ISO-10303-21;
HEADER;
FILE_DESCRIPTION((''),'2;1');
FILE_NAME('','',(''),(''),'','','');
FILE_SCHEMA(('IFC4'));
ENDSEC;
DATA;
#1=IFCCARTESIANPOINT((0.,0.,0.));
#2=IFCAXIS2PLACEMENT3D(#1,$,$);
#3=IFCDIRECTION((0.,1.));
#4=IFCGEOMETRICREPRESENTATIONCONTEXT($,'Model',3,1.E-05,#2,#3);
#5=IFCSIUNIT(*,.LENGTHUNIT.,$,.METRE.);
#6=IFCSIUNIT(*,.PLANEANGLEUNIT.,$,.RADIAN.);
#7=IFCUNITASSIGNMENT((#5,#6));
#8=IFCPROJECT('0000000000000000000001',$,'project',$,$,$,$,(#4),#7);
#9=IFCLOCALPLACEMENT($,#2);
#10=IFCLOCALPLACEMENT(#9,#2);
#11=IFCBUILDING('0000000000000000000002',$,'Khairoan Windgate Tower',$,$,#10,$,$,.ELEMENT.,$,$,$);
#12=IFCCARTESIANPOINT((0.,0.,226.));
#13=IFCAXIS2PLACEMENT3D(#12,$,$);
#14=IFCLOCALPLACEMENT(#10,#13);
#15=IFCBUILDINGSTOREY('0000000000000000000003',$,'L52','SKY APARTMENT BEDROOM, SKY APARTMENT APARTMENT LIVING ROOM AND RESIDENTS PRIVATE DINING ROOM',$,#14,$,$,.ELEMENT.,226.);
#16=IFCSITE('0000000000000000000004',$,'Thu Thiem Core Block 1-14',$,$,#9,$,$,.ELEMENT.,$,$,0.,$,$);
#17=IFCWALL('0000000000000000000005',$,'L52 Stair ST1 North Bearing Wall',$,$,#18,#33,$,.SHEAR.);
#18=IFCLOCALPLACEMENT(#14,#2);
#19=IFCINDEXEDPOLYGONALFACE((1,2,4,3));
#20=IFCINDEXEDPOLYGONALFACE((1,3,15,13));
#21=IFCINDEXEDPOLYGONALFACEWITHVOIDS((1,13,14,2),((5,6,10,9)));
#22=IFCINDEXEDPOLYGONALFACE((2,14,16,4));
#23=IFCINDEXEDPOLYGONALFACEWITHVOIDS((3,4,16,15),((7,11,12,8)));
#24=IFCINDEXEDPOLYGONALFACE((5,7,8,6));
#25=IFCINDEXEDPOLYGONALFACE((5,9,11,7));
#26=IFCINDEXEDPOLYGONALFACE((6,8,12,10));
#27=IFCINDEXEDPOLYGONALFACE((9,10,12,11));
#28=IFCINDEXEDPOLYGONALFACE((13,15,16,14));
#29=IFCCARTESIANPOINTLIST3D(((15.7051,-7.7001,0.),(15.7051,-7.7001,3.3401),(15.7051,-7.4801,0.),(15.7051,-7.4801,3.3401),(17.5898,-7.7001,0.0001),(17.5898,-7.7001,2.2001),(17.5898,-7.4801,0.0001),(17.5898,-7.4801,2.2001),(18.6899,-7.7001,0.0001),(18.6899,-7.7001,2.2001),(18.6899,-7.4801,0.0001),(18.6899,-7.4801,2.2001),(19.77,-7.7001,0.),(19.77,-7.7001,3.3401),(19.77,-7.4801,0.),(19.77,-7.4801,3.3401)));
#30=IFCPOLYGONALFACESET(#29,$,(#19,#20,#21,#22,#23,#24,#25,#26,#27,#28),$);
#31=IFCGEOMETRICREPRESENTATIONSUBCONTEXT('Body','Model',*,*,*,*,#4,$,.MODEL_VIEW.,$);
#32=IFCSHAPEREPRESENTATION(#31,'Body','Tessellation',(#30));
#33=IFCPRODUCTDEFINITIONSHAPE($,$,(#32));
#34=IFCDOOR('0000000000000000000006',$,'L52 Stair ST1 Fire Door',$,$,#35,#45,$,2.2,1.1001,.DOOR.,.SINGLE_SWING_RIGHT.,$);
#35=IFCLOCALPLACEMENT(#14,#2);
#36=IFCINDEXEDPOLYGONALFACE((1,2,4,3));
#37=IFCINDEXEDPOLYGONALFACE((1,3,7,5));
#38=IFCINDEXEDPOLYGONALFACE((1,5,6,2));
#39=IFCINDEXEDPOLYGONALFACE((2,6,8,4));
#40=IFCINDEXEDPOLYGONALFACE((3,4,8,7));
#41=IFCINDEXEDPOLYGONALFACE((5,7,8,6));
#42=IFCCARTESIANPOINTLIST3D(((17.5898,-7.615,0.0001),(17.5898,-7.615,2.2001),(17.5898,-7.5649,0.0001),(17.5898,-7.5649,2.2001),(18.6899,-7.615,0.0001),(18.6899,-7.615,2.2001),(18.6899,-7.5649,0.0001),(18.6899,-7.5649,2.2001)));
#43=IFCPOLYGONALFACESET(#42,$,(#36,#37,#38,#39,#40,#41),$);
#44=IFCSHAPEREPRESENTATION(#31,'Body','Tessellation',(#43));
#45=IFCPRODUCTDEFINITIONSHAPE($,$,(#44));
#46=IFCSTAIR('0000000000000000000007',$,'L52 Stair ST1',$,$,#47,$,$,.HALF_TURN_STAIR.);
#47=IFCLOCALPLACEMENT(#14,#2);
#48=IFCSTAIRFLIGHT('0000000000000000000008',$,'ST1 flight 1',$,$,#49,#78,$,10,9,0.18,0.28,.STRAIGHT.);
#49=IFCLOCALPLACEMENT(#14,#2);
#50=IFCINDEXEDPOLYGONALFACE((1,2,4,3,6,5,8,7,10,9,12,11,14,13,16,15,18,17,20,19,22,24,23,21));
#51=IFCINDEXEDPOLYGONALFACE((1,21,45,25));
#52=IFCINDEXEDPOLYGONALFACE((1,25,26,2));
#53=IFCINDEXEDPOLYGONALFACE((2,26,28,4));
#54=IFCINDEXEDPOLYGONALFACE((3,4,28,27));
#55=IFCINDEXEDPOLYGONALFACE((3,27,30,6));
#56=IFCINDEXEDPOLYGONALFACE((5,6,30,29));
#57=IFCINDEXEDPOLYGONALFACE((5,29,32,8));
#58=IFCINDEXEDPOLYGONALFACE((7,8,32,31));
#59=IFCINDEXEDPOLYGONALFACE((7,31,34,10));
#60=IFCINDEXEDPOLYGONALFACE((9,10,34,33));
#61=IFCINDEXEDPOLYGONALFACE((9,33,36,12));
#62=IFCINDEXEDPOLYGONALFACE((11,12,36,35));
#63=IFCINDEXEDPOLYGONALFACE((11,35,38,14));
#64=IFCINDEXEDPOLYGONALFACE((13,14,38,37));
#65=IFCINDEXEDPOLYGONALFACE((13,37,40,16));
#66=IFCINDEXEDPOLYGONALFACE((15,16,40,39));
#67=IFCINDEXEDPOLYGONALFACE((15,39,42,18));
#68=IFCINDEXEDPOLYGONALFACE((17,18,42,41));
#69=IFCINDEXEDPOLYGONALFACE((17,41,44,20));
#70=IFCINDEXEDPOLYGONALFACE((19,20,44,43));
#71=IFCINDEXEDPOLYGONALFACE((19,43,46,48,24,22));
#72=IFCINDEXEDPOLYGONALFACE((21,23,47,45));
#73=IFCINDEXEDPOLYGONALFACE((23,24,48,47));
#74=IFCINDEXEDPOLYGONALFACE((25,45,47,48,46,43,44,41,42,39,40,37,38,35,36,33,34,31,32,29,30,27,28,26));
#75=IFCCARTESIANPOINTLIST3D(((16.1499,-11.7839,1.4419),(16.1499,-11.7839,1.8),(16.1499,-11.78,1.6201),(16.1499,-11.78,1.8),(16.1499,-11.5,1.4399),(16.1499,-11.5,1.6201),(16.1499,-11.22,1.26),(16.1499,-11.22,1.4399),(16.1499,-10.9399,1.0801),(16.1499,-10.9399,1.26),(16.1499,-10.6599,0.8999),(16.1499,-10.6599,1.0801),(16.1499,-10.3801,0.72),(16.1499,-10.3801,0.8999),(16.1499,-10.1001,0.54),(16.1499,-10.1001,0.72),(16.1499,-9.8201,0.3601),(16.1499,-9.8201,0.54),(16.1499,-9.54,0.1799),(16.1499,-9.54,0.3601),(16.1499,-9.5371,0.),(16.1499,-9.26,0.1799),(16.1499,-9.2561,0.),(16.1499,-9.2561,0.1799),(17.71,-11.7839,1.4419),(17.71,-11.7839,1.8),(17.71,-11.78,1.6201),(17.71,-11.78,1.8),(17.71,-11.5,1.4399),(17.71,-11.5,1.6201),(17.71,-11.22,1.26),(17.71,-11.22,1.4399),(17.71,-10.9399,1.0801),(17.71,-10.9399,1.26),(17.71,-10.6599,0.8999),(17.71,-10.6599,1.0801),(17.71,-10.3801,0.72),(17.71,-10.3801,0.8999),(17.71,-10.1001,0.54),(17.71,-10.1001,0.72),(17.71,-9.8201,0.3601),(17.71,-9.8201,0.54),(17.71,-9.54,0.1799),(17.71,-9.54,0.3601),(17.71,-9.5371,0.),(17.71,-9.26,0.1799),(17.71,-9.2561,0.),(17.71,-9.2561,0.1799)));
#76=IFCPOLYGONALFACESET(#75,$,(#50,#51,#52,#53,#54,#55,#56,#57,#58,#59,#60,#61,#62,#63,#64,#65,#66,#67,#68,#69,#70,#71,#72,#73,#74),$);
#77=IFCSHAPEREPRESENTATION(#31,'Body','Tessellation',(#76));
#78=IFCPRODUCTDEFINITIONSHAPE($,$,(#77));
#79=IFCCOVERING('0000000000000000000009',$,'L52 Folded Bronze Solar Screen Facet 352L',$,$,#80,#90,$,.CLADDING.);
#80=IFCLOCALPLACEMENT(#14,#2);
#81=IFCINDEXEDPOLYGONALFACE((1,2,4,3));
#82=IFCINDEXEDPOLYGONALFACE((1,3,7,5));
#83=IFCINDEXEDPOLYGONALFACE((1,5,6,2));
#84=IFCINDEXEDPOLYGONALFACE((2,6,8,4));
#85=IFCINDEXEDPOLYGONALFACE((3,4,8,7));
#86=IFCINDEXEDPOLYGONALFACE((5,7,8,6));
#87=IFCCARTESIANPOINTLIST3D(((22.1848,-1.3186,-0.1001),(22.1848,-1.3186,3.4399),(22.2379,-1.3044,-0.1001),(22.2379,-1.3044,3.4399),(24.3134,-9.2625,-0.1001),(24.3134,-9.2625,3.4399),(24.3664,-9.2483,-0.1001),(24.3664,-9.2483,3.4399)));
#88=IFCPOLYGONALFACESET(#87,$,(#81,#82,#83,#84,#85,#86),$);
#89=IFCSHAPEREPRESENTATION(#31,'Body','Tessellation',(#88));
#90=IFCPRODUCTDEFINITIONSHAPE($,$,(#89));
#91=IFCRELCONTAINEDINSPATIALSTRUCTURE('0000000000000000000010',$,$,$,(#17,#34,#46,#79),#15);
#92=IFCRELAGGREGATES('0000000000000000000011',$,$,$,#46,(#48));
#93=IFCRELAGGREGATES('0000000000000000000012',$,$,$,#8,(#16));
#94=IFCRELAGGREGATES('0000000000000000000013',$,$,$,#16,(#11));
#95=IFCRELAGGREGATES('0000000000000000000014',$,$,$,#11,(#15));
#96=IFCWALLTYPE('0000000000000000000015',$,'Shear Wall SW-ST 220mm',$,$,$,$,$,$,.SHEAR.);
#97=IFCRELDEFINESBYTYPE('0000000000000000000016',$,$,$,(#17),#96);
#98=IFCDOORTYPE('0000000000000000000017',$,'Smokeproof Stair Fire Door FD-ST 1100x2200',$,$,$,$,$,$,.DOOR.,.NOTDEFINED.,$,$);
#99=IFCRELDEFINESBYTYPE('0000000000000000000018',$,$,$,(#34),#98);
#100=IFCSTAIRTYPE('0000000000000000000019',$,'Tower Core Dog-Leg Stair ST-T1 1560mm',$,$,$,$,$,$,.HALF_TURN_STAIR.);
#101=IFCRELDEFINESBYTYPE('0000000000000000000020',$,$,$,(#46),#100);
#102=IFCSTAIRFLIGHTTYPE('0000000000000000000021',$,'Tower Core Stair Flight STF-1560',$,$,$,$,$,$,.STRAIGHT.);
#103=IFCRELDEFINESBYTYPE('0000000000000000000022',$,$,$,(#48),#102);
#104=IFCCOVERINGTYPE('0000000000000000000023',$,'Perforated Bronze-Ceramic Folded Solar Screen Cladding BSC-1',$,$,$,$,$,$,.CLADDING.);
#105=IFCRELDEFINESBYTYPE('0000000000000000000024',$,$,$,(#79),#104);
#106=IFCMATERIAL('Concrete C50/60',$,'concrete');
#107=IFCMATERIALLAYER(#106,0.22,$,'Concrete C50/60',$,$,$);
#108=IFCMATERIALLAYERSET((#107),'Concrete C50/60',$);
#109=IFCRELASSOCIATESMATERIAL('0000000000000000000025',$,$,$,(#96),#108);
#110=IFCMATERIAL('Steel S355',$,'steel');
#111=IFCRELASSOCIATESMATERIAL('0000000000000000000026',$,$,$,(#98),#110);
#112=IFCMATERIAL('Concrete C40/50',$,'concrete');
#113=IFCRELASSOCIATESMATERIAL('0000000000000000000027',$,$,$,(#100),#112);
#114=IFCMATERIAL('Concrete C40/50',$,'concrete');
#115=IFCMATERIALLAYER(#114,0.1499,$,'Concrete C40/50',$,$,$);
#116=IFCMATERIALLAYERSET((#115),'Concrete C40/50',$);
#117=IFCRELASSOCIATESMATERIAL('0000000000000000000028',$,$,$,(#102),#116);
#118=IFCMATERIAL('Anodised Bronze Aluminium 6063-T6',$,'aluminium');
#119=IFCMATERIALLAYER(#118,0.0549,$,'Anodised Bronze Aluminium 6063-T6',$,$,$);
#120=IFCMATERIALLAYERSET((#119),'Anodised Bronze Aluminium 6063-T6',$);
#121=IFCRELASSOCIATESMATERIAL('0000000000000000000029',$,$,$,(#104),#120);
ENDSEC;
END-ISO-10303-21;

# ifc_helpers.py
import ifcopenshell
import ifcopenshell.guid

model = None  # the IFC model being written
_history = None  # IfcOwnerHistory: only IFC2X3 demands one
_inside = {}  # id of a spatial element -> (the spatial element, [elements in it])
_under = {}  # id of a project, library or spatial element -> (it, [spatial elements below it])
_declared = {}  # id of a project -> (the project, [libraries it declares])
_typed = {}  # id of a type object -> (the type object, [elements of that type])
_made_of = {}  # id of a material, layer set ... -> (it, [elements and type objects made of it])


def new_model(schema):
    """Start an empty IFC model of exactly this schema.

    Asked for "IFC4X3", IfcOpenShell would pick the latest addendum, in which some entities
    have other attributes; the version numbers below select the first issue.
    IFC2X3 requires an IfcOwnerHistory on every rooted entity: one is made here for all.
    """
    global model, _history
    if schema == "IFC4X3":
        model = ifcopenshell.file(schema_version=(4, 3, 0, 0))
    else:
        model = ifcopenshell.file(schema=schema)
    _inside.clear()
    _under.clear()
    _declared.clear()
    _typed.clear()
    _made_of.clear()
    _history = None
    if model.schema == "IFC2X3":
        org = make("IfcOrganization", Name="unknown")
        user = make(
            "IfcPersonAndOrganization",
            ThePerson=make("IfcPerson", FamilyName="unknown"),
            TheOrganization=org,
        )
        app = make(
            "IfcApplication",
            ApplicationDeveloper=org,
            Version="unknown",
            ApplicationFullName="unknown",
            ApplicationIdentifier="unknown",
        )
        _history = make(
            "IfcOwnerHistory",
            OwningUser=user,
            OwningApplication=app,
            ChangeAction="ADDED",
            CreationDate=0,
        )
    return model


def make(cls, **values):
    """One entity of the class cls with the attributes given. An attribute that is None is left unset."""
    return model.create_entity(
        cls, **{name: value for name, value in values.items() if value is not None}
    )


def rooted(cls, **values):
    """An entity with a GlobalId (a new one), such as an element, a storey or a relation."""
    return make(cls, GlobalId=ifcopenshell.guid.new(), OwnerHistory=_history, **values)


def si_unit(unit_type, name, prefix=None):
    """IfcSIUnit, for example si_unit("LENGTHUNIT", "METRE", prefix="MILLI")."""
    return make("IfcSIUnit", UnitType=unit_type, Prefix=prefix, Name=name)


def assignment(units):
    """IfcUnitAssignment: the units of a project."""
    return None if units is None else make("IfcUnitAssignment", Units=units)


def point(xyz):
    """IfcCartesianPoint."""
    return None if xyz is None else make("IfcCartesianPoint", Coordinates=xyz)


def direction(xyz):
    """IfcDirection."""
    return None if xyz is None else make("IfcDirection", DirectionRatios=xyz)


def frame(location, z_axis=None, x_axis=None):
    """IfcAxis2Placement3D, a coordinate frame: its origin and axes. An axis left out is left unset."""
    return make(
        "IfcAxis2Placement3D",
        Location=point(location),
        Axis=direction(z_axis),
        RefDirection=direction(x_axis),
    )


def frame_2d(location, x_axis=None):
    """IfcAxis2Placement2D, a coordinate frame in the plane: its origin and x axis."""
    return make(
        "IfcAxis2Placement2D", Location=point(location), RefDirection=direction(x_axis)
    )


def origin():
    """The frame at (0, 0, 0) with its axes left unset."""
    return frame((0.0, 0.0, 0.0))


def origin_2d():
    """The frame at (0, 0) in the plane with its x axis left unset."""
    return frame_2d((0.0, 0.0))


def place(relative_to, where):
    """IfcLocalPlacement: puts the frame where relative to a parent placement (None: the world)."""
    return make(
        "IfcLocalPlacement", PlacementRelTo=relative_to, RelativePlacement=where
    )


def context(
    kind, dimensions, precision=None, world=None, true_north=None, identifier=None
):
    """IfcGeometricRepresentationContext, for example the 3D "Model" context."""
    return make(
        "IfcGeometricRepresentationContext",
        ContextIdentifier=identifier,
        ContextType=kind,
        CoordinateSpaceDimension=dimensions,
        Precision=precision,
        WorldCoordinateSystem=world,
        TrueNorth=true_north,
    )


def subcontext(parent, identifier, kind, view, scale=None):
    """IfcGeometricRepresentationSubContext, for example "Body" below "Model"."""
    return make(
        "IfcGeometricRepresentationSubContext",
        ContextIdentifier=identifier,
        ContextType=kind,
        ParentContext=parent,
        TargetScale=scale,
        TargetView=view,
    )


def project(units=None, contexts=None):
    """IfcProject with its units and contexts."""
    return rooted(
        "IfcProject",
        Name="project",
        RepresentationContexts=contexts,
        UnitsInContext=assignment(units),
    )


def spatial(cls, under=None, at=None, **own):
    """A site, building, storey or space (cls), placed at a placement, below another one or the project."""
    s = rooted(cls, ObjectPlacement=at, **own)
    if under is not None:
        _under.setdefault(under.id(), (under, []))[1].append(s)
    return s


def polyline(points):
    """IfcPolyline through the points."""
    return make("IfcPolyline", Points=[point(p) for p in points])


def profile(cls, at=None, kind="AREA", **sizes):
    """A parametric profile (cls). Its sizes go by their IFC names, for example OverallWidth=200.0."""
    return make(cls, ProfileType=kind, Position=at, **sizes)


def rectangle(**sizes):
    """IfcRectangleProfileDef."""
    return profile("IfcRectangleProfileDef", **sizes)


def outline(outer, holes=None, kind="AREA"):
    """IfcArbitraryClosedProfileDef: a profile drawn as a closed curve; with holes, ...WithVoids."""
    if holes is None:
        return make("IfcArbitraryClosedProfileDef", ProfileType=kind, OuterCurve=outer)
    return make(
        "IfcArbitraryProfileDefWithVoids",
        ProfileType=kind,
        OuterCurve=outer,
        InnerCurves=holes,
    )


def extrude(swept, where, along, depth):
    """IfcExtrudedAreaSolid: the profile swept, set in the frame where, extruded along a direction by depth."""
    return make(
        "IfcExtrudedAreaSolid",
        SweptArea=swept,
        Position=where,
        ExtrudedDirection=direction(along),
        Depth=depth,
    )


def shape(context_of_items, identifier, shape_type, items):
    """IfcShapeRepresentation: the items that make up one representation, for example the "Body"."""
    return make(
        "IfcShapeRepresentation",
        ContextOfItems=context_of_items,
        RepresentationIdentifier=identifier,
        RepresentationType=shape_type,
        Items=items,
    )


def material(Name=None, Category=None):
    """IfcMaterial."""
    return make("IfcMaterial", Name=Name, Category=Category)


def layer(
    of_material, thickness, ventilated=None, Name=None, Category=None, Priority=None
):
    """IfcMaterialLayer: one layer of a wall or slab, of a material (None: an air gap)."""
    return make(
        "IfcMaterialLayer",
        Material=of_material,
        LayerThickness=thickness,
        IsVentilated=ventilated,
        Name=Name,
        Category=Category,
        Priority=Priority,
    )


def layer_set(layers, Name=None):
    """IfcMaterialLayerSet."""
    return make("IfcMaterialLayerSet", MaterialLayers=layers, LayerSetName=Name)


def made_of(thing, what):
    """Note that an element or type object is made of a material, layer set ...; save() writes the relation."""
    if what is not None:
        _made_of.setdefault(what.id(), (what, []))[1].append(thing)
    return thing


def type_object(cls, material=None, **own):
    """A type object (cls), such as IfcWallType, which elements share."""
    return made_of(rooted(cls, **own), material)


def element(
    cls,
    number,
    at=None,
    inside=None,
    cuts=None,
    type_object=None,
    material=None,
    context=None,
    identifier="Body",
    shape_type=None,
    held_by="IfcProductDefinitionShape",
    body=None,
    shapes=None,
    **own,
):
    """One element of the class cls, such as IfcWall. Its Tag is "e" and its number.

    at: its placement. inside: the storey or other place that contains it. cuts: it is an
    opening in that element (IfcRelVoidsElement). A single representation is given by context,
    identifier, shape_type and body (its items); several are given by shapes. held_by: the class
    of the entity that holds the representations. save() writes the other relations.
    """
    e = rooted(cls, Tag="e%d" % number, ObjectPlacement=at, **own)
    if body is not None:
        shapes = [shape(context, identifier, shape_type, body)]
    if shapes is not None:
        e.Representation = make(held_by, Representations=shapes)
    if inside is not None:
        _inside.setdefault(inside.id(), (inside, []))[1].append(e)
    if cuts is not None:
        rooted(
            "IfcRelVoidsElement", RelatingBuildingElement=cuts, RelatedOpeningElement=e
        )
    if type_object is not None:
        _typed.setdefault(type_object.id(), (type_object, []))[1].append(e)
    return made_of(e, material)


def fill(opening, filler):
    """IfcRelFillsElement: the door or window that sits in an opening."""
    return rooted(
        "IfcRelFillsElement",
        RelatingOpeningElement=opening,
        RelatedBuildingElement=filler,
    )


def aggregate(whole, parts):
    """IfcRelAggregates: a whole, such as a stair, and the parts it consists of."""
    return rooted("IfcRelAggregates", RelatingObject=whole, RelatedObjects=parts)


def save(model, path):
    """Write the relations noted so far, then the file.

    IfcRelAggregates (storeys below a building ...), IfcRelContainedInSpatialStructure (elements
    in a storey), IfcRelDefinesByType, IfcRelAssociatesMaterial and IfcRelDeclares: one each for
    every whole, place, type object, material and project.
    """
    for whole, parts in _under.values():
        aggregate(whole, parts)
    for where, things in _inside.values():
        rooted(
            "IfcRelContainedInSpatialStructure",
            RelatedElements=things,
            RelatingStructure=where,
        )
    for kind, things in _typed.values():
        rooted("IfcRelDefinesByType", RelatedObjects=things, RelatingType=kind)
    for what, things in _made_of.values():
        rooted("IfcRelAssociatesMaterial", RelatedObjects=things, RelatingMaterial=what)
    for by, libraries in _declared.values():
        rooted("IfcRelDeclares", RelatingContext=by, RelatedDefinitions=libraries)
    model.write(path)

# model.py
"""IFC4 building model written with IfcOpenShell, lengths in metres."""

from ifc_helpers import new_model, si_unit, direction, frame, frame_2d, origin, origin_2d, place, context, subcontext, project, spatial, polyline, rectangle, outline, extrude, material, layer, layer_set, type_object, element, fill, aggregate, save


model = new_model("IFC4")

# Units and contexts
model_context = context("Model", 3, precision=1e-05, world=origin(), true_north=direction((0.0, 1.0)))
body_context = subcontext(model_context, "Body", "Model", "MODEL_VIEW")
ifc_project = project(units=[si_unit("LENGTHUNIT", "METRE"), si_unit("PLANEANGLEUNIT", "RADIAN")], contexts=[model_context])

# Site, building, storey
site_placement = place(None, origin())
site = spatial("IfcSite", under=ifc_project, at=site_placement, Name="Thu Thiem Core Block 1-14", CompositionType="ELEMENT", RefElevation=0.0)
building_placement = place(site_placement, origin())
building = spatial("IfcBuilding", under=site, at=building_placement, Name="Khairoan Windgate Tower", CompositionType="ELEMENT")
storey_placement = place(building_placement, frame((0.0, 0.0, 226.0)))
storey = spatial("IfcBuildingStorey", under=building, at=storey_placement, Name="L52", Description="SKY APARTMENT BEDROOM, SKY APARTMENT APARTMENT LIVING ROOM AND RESIDENTS PRIVATE DINING ROOM", CompositionType="ELEMENT", Elevation=226.0)

# Wall, opening, door
ifc_material_1 = material(Name="Concrete C50/60", Category="concrete")
ifc_layer_1 = layer(ifc_material_1, 0.22, Name="Concrete C50/60")
ifc_layer_set_1 = layer_set([ifc_layer_1], Name="Concrete C50/60")
wall_type_1 = type_object("IfcWallType", Name="Shear Wall SW-ST 220mm", PredefinedType="SHEAR", material=ifc_layer_set_1)
wall_1_placement = place(storey_placement, frame((19.77, -7.5901, 0.0), z_axis=(0.0, 0.0, 1.0), x_axis=(-1.0, 0.0, 0.0)))
wall_1 = element("IfcWall", 1, at=wall_1_placement, inside=storey, type_object=wall_type_1, Name="L52 Stair ST1 North Bearing Wall", PredefinedType="SHEAR", context=body_context, shape_type="SweptSolid", body=[
    extrude(rectangle(XDim=4.0649, YDim=0.22, at=frame_2d((2.0325, 0.0))), origin(), (0.0, 0.0, 1.0), 3.3401),
])
opening_1_placement = place(wall_1_placement, frame((1.0801, 0.0, 0.0)))
opening_1 = element("IfcOpeningElement", 2, at=opening_1_placement, cuts=wall_1, PredefinedType="OPENING", context=body_context, shape_type="SweptSolid", body=[
    extrude(rectangle(XDim=1.1001, YDim=2.2, at=frame_2d((0.55, 1.1001))), frame((0.0, 0.1199, 0.0), z_axis=(0.0, -1.0, 0.0), x_axis=(1.0, 0.0, 0.0)), (0.0, 0.0, 1.0), 0.24),
])
ifc_material_2 = material(Name="Steel S355", Category="steel")
door_type_1 = type_object("IfcDoorType", Name="Smokeproof Stair Fire Door FD-ST 1100x2200", OperationType="NOTDEFINED", PredefinedType="DOOR", material=ifc_material_2)
door_1_placement = place(opening_1_placement, origin())
door_1 = element("IfcDoor", 3, at=door_1_placement, inside=storey, type_object=door_type_1, Name="L52 Stair ST1 Fire Door", OperationType="SINGLE_SWING_RIGHT", OverallHeight=2.2, OverallWidth=1.1001, PredefinedType="DOOR", context=body_context, shape_type="SweptSolid", body=[
    extrude(rectangle(XDim=1.1001, YDim=2.2, at=frame_2d((0.55, 1.1001))), frame((0.0, 0.0249, 0.0), z_axis=(0.0, -1.0, 0.0), x_axis=(1.0, 0.0, 0.0)), (0.0, 0.0, 1.0), 0.05),
])
fill(opening_1, door_1)

# Stair, stair flight
ifc_material_3 = material(Name="Concrete C40/50", Category="concrete")
stair_type = type_object("IfcStairType", Name="Tower Core Dog-Leg Stair ST-T1 1560mm", PredefinedType="HALF_TURN_STAIR", material=ifc_material_3)
stair_placement = place(storey_placement, origin())
stair = element("IfcStair", 4, at=stair_placement, inside=storey, type_object=stair_type, Name="L52 Stair ST1", PredefinedType="HALF_TURN_STAIR")
ifc_material_4 = material(Name="Concrete C40/50", Category="concrete")
ifc_layer_2 = layer(ifc_material_4, 0.1499, Name="Concrete C40/50")
ifc_layer_set_2 = layer_set([ifc_layer_2], Name="Concrete C40/50")
stair_flight_type = type_object("IfcStairFlightType", Name="Tower Core Stair Flight STF-1560", PredefinedType="STRAIGHT", material=ifc_layer_set_2)
stair_flight_placement = place(storey_placement, frame((16.9299, -9.26, 0.0), z_axis=(0.0, 0.0, 1.0), x_axis=(0.0, -1.0, 0.0)))
stair_flight = element("IfcStairFlight", 5, at=stair_flight_placement, type_object=stair_flight_type, Name="ST1 flight 1", NumberOfRisers=10, NumberOfTreads=9, PredefinedType="STRAIGHT", RiserHeight=0.18, TreadLength=0.28, context=body_context, shape_type="SweptSolid", body=[
    extrude(outline(polyline([(-0.0039, 0.0), (-0.0039, 0.1799), (0.0, 0.1799), (0.28, 0.1799), (0.28, 0.3601), (0.5601, 0.3601), (0.5601, 0.54), (0.8401, 0.54), (0.8401, 0.72), (1.1201, 0.72), (1.1201, 0.8999), (1.3999, 0.8999), (1.3999, 1.0801), (1.6799, 1.0801), (1.6799, 1.26), (1.96, 1.26), (1.96, 1.4399), (2.24, 1.4399), (2.24, 1.6201), (2.52, 1.6201), (2.52, 1.8), (2.5239, 1.8), (2.5239, 1.4419), (0.2771, 0.0), (-0.0039, 0.0)])), frame((0.0, 0.78, 0.0), z_axis=(0.0, -1.0, 0.0), x_axis=(1.0, 0.0, 0.0)), (0.0, 0.0, 1.0), 1.5601),
])
aggregate(stair, [stair_flight])

# Covering
ifc_material_5 = material(Name="Anodised Bronze Aluminium 6063-T6", Category="aluminium")
ifc_layer_3 = layer(ifc_material_5, 0.0549, Name="Anodised Bronze Aluminium 6063-T6")
ifc_layer_set_3 = layer_set([ifc_layer_3], Name="Anodised Bronze Aluminium 6063-T6")
covering_type = type_object("IfcCoveringType", Name="Perforated Bronze-Ceramic Folded Solar Screen Cladding BSC-1", PredefinedType="CLADDING", material=ifc_layer_set_3)
covering_placement = place(storey_placement, frame((23.2756, -5.2834, -0.1001), z_axis=(0.0, 0.0, 1.0), x_axis=(0.258819, -0.965926, 0.0)))
element("IfcCovering", 6, at=covering_placement, inside=storey, type_object=covering_type, Name="L52 Folded Bronze Solar Screen Facet 352L", PredefinedType="CLADDING", context=body_context, shape_type="SweptSolid", body=[
    extrude(rectangle(XDim=8.2241, YDim=0.0549, at=origin_2d()), origin(), (0.0, 0.0, 1.0), 3.54),
])

save(model, "model.ifc")
